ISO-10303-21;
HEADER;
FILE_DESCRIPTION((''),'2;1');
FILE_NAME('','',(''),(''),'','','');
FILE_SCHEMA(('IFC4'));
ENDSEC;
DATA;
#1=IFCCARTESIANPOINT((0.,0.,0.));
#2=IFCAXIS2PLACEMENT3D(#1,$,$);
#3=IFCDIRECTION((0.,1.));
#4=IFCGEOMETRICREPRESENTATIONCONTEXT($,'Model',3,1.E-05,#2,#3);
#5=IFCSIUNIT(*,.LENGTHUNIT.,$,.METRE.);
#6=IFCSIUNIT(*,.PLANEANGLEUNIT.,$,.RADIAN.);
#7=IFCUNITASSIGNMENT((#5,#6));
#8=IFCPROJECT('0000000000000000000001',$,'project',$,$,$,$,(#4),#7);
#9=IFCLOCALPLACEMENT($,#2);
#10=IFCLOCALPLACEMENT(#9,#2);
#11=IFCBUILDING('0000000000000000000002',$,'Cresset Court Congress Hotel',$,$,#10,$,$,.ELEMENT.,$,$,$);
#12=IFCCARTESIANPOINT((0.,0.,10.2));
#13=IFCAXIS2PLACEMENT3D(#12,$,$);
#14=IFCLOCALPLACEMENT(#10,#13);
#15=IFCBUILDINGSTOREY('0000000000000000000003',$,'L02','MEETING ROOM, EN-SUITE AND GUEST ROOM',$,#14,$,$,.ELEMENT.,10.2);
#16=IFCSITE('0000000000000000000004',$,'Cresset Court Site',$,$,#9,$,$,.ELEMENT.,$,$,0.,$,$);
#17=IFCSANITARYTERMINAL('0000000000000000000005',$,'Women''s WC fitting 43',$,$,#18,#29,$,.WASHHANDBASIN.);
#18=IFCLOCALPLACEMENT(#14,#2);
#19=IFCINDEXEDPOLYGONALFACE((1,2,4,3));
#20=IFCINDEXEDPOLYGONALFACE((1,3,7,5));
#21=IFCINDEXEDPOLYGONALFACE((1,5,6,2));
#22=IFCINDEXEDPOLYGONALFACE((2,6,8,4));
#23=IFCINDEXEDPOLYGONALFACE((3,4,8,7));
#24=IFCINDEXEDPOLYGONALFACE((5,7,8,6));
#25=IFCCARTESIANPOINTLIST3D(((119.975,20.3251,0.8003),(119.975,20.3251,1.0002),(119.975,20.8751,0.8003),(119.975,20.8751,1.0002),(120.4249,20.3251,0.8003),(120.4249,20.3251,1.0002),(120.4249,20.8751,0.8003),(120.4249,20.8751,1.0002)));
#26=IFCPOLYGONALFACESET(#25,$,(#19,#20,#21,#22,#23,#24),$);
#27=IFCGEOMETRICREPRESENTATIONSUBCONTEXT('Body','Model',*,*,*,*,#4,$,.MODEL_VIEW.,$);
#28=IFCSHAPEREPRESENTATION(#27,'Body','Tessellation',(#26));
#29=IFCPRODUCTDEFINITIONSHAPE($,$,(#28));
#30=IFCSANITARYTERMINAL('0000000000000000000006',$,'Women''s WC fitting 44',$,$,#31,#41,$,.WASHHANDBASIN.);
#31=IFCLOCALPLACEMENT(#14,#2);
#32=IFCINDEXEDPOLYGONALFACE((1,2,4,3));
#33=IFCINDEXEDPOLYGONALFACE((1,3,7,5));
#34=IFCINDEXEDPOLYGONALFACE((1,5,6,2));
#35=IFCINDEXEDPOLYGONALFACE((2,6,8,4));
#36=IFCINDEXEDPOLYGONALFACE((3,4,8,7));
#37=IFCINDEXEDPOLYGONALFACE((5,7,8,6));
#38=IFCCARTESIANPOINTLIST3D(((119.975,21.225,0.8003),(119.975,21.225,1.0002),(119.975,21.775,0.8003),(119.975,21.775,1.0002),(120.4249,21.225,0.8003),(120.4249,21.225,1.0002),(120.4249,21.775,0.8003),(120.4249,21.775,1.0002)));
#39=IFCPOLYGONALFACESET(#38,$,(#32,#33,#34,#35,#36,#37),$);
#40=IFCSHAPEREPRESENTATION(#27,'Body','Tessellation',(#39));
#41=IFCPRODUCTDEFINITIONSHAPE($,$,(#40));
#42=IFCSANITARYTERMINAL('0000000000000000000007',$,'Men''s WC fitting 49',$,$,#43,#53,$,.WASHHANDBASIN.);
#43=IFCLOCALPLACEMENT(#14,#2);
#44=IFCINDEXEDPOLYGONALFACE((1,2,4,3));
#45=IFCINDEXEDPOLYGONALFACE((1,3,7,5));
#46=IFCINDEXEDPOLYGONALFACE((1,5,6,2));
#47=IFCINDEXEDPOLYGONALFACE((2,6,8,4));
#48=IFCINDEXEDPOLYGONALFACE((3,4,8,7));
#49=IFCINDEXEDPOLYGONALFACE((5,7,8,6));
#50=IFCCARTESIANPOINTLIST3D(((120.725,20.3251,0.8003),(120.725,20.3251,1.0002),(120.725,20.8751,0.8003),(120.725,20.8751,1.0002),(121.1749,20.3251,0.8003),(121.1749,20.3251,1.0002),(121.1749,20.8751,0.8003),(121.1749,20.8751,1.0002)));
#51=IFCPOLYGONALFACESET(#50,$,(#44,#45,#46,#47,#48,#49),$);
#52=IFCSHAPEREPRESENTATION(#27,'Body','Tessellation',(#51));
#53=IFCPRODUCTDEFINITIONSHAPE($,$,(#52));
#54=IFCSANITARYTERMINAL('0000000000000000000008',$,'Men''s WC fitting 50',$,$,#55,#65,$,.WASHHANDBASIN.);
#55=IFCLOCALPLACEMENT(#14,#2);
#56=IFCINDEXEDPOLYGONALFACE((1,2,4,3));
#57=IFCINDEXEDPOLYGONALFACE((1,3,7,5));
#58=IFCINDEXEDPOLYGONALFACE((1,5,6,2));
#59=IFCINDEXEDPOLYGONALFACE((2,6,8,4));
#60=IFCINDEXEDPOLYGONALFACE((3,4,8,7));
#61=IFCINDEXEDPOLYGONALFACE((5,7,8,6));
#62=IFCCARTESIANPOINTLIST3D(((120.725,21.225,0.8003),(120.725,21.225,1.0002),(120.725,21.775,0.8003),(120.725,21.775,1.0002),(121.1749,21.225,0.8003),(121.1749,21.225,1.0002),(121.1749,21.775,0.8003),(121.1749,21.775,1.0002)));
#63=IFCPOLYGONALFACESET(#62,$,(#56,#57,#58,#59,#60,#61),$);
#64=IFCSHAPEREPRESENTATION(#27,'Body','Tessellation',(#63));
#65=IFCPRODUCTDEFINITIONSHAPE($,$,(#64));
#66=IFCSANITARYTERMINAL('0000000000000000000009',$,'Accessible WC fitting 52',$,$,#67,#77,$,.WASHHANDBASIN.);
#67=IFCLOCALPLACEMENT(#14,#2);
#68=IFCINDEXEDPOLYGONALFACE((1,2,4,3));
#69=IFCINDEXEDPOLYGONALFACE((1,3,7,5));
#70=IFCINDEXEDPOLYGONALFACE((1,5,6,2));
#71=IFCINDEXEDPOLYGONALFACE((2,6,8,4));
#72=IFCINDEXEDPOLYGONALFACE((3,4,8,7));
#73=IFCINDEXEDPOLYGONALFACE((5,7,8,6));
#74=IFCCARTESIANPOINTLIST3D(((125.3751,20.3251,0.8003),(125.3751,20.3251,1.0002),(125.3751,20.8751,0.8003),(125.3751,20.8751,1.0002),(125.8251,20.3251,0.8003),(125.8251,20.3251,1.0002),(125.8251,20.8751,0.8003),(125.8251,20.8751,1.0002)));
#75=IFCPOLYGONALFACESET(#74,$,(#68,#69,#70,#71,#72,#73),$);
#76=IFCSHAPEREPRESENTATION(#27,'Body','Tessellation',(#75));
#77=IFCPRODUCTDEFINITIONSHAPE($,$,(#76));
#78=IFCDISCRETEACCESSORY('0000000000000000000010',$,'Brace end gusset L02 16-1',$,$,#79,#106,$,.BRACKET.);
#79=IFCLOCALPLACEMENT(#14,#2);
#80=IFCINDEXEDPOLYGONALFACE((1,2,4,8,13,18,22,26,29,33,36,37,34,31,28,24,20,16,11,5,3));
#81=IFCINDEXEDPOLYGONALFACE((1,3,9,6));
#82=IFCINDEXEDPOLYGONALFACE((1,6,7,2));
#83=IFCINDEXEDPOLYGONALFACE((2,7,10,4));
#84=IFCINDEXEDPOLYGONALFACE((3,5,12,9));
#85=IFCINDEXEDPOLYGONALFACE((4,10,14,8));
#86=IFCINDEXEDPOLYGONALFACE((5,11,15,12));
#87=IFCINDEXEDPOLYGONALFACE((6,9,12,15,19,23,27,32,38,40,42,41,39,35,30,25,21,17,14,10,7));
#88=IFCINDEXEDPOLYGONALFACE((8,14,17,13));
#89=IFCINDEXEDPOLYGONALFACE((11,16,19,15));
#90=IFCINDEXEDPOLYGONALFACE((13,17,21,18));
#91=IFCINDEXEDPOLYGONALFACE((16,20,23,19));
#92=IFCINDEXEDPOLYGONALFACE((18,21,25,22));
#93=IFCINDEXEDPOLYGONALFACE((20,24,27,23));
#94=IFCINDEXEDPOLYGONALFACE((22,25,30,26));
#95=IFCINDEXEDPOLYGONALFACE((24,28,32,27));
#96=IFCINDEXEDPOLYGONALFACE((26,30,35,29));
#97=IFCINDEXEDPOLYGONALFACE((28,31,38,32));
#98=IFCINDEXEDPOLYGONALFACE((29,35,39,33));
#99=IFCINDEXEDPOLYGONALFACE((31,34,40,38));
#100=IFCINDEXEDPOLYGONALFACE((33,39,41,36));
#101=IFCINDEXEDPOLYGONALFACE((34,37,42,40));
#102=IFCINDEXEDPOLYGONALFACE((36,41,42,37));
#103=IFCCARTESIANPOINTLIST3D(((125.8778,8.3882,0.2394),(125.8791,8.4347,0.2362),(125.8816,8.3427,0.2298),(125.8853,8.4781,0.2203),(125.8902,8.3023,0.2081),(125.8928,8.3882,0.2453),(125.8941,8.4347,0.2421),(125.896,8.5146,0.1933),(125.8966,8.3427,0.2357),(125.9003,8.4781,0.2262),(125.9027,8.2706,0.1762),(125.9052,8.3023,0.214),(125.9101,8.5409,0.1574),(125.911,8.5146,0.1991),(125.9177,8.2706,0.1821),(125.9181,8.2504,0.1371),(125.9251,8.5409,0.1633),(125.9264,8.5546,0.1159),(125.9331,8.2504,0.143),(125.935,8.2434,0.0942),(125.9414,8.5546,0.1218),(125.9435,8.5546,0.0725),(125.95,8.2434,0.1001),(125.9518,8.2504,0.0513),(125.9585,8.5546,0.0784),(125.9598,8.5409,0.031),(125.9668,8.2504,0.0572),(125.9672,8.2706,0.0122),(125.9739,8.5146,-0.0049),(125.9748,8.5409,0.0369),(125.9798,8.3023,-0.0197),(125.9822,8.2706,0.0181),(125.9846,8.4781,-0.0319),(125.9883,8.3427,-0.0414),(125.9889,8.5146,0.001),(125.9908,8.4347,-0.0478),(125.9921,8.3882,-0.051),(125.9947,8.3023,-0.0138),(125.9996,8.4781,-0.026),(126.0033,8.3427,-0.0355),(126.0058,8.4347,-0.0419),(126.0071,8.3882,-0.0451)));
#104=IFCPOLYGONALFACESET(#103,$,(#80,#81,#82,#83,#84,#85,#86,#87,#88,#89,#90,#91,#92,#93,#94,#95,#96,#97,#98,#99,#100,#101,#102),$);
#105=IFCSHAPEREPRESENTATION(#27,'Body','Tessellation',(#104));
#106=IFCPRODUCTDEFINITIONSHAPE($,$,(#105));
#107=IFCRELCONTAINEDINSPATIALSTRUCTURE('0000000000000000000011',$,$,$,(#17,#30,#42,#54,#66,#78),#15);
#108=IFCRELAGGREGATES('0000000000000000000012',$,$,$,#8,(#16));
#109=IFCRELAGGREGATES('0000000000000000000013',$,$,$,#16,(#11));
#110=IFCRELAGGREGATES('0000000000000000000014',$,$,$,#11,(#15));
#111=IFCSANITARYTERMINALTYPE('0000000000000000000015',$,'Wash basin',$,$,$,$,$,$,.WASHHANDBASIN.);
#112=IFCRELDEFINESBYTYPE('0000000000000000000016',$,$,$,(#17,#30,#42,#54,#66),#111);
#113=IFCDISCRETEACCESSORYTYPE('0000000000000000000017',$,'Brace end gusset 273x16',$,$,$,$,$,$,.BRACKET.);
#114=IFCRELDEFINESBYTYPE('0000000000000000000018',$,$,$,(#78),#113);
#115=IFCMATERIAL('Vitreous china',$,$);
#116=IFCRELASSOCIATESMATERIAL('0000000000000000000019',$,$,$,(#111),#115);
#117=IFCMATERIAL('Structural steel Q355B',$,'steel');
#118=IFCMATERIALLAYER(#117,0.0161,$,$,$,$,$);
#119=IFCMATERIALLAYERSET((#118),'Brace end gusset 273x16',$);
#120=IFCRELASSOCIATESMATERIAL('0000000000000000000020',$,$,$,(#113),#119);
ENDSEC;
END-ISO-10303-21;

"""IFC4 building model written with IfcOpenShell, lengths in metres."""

from ifc_helpers import new_model, si_unit, direction, frame, origin, origin_2d, place, context, subcontext, project, spatial, rectangle, circle, extrude, material, layer, layer_set, type_object, element, save


model = new_model("IFC4")

# Units and contexts
model_context = context("Model", 3, precision=1e-05, world=origin(), true_north=direction((0.0, 1.0)))
body_context = subcontext(model_context, "Body", "Model", "MODEL_VIEW")
ifc_project = project(units=[si_unit("LENGTHUNIT", "METRE"), si_unit("PLANEANGLEUNIT", "RADIAN")], contexts=[model_context])

# Site, building, storey
site_placement = place(None, origin())
site = spatial("IfcSite", under=ifc_project, at=site_placement, Name="Cresset Court Site", CompositionType="ELEMENT", RefElevation=0.0)
building_placement = place(site_placement, origin())
building = spatial("IfcBuilding", under=site, at=building_placement, Name="Cresset Court Congress Hotel", CompositionType="ELEMENT")
storey_placement = place(building_placement, frame((0.0, 0.0, 10.2)))
storey = spatial("IfcBuildingStorey", under=building, at=storey_placement, Name="L02", Description="MEETING ROOM, EN-SUITE AND GUEST ROOM", CompositionType="ELEMENT", Elevation=10.2)

# Sanitary terminals
ifc_material_1 = material(Name="Vitreous china")
sanitary_terminal_type_1 = type_object("IfcSanitaryTerminalType", Name="Wash basin", PredefinedType="WASHHANDBASIN", material=ifc_material_1)
for number, where, z_axis, x_axis, name in (
    (1, (120.2, 20.6001, 0.8003), (0.0, 0.0, 1.0), (1.0, 0.0, 0.0), "Women's WC fitting 43"),
    (2, (120.2, 21.5, 0.8003), (0.0, 0.0, 1.0), (1.0, 0.0, 0.0), "Women's WC fitting 44"),
    (3, (120.95, 20.6001, 0.8003), (0.0, 0.0, 1.0), (1.0, 0.0, 0.0), "Men's WC fitting 49"),
    (4, (120.95, 21.5, 0.8003), (0.0, 0.0, 1.0), (1.0, 0.0, 0.0), "Men's WC fitting 50"),
    (5, (125.6001, 20.6001, 0.8003), (0.0, 0.0, 1.0), (1.0, 0.0, 0.0), "Accessible WC fitting 52"),
):
    element("IfcSanitaryTerminal", number, at=place(storey_placement, frame(where, z_axis=z_axis, x_axis=x_axis)), inside=storey, type_object=sanitary_terminal_type_1, Name=name, PredefinedType="WASHHANDBASIN", context=body_context, shape_type="SweptSolid", body=[
        extrude(rectangle(XDim=0.45, YDim=0.55, at=origin_2d()), origin(), (0.0, 0.0, 1.0), 0.2),
    ])

# Discrete accessory
ifc_material_2 = material(Name="Structural steel Q355B", Category="steel")
ifc_layer_1 = layer(ifc_material_2, 0.0161)
ifc_layer_set_1 = layer_set([ifc_layer_1], Name="Brace end gusset 273x16")
discrete_accessory_type = type_object("IfcDiscreteAccessoryType", Name="Brace end gusset 273x16", PredefinedType="BRACKET", material=ifc_layer_set_1)
discrete_accessory_placement = place(storey_placement, frame((125.95, 8.3999, 0.1001), z_axis=(-0.930566, 0.0, -0.366124), x_axis=(0.0, -1.0, 0.0)))
element("IfcDiscreteAccessory", 6, at=discrete_accessory_placement, inside=storey, type_object=discrete_accessory_type, Name="Brace end gusset L02 16-1", PredefinedType="BRACKET", context=body_context, shape_type="SweptSolid", body=[
    extrude(circle(Radius=0.1565, at=origin_2d()), origin(), (0.0, 0.0, 1.0), 0.0161),
])

save(model, "model.ifc")
